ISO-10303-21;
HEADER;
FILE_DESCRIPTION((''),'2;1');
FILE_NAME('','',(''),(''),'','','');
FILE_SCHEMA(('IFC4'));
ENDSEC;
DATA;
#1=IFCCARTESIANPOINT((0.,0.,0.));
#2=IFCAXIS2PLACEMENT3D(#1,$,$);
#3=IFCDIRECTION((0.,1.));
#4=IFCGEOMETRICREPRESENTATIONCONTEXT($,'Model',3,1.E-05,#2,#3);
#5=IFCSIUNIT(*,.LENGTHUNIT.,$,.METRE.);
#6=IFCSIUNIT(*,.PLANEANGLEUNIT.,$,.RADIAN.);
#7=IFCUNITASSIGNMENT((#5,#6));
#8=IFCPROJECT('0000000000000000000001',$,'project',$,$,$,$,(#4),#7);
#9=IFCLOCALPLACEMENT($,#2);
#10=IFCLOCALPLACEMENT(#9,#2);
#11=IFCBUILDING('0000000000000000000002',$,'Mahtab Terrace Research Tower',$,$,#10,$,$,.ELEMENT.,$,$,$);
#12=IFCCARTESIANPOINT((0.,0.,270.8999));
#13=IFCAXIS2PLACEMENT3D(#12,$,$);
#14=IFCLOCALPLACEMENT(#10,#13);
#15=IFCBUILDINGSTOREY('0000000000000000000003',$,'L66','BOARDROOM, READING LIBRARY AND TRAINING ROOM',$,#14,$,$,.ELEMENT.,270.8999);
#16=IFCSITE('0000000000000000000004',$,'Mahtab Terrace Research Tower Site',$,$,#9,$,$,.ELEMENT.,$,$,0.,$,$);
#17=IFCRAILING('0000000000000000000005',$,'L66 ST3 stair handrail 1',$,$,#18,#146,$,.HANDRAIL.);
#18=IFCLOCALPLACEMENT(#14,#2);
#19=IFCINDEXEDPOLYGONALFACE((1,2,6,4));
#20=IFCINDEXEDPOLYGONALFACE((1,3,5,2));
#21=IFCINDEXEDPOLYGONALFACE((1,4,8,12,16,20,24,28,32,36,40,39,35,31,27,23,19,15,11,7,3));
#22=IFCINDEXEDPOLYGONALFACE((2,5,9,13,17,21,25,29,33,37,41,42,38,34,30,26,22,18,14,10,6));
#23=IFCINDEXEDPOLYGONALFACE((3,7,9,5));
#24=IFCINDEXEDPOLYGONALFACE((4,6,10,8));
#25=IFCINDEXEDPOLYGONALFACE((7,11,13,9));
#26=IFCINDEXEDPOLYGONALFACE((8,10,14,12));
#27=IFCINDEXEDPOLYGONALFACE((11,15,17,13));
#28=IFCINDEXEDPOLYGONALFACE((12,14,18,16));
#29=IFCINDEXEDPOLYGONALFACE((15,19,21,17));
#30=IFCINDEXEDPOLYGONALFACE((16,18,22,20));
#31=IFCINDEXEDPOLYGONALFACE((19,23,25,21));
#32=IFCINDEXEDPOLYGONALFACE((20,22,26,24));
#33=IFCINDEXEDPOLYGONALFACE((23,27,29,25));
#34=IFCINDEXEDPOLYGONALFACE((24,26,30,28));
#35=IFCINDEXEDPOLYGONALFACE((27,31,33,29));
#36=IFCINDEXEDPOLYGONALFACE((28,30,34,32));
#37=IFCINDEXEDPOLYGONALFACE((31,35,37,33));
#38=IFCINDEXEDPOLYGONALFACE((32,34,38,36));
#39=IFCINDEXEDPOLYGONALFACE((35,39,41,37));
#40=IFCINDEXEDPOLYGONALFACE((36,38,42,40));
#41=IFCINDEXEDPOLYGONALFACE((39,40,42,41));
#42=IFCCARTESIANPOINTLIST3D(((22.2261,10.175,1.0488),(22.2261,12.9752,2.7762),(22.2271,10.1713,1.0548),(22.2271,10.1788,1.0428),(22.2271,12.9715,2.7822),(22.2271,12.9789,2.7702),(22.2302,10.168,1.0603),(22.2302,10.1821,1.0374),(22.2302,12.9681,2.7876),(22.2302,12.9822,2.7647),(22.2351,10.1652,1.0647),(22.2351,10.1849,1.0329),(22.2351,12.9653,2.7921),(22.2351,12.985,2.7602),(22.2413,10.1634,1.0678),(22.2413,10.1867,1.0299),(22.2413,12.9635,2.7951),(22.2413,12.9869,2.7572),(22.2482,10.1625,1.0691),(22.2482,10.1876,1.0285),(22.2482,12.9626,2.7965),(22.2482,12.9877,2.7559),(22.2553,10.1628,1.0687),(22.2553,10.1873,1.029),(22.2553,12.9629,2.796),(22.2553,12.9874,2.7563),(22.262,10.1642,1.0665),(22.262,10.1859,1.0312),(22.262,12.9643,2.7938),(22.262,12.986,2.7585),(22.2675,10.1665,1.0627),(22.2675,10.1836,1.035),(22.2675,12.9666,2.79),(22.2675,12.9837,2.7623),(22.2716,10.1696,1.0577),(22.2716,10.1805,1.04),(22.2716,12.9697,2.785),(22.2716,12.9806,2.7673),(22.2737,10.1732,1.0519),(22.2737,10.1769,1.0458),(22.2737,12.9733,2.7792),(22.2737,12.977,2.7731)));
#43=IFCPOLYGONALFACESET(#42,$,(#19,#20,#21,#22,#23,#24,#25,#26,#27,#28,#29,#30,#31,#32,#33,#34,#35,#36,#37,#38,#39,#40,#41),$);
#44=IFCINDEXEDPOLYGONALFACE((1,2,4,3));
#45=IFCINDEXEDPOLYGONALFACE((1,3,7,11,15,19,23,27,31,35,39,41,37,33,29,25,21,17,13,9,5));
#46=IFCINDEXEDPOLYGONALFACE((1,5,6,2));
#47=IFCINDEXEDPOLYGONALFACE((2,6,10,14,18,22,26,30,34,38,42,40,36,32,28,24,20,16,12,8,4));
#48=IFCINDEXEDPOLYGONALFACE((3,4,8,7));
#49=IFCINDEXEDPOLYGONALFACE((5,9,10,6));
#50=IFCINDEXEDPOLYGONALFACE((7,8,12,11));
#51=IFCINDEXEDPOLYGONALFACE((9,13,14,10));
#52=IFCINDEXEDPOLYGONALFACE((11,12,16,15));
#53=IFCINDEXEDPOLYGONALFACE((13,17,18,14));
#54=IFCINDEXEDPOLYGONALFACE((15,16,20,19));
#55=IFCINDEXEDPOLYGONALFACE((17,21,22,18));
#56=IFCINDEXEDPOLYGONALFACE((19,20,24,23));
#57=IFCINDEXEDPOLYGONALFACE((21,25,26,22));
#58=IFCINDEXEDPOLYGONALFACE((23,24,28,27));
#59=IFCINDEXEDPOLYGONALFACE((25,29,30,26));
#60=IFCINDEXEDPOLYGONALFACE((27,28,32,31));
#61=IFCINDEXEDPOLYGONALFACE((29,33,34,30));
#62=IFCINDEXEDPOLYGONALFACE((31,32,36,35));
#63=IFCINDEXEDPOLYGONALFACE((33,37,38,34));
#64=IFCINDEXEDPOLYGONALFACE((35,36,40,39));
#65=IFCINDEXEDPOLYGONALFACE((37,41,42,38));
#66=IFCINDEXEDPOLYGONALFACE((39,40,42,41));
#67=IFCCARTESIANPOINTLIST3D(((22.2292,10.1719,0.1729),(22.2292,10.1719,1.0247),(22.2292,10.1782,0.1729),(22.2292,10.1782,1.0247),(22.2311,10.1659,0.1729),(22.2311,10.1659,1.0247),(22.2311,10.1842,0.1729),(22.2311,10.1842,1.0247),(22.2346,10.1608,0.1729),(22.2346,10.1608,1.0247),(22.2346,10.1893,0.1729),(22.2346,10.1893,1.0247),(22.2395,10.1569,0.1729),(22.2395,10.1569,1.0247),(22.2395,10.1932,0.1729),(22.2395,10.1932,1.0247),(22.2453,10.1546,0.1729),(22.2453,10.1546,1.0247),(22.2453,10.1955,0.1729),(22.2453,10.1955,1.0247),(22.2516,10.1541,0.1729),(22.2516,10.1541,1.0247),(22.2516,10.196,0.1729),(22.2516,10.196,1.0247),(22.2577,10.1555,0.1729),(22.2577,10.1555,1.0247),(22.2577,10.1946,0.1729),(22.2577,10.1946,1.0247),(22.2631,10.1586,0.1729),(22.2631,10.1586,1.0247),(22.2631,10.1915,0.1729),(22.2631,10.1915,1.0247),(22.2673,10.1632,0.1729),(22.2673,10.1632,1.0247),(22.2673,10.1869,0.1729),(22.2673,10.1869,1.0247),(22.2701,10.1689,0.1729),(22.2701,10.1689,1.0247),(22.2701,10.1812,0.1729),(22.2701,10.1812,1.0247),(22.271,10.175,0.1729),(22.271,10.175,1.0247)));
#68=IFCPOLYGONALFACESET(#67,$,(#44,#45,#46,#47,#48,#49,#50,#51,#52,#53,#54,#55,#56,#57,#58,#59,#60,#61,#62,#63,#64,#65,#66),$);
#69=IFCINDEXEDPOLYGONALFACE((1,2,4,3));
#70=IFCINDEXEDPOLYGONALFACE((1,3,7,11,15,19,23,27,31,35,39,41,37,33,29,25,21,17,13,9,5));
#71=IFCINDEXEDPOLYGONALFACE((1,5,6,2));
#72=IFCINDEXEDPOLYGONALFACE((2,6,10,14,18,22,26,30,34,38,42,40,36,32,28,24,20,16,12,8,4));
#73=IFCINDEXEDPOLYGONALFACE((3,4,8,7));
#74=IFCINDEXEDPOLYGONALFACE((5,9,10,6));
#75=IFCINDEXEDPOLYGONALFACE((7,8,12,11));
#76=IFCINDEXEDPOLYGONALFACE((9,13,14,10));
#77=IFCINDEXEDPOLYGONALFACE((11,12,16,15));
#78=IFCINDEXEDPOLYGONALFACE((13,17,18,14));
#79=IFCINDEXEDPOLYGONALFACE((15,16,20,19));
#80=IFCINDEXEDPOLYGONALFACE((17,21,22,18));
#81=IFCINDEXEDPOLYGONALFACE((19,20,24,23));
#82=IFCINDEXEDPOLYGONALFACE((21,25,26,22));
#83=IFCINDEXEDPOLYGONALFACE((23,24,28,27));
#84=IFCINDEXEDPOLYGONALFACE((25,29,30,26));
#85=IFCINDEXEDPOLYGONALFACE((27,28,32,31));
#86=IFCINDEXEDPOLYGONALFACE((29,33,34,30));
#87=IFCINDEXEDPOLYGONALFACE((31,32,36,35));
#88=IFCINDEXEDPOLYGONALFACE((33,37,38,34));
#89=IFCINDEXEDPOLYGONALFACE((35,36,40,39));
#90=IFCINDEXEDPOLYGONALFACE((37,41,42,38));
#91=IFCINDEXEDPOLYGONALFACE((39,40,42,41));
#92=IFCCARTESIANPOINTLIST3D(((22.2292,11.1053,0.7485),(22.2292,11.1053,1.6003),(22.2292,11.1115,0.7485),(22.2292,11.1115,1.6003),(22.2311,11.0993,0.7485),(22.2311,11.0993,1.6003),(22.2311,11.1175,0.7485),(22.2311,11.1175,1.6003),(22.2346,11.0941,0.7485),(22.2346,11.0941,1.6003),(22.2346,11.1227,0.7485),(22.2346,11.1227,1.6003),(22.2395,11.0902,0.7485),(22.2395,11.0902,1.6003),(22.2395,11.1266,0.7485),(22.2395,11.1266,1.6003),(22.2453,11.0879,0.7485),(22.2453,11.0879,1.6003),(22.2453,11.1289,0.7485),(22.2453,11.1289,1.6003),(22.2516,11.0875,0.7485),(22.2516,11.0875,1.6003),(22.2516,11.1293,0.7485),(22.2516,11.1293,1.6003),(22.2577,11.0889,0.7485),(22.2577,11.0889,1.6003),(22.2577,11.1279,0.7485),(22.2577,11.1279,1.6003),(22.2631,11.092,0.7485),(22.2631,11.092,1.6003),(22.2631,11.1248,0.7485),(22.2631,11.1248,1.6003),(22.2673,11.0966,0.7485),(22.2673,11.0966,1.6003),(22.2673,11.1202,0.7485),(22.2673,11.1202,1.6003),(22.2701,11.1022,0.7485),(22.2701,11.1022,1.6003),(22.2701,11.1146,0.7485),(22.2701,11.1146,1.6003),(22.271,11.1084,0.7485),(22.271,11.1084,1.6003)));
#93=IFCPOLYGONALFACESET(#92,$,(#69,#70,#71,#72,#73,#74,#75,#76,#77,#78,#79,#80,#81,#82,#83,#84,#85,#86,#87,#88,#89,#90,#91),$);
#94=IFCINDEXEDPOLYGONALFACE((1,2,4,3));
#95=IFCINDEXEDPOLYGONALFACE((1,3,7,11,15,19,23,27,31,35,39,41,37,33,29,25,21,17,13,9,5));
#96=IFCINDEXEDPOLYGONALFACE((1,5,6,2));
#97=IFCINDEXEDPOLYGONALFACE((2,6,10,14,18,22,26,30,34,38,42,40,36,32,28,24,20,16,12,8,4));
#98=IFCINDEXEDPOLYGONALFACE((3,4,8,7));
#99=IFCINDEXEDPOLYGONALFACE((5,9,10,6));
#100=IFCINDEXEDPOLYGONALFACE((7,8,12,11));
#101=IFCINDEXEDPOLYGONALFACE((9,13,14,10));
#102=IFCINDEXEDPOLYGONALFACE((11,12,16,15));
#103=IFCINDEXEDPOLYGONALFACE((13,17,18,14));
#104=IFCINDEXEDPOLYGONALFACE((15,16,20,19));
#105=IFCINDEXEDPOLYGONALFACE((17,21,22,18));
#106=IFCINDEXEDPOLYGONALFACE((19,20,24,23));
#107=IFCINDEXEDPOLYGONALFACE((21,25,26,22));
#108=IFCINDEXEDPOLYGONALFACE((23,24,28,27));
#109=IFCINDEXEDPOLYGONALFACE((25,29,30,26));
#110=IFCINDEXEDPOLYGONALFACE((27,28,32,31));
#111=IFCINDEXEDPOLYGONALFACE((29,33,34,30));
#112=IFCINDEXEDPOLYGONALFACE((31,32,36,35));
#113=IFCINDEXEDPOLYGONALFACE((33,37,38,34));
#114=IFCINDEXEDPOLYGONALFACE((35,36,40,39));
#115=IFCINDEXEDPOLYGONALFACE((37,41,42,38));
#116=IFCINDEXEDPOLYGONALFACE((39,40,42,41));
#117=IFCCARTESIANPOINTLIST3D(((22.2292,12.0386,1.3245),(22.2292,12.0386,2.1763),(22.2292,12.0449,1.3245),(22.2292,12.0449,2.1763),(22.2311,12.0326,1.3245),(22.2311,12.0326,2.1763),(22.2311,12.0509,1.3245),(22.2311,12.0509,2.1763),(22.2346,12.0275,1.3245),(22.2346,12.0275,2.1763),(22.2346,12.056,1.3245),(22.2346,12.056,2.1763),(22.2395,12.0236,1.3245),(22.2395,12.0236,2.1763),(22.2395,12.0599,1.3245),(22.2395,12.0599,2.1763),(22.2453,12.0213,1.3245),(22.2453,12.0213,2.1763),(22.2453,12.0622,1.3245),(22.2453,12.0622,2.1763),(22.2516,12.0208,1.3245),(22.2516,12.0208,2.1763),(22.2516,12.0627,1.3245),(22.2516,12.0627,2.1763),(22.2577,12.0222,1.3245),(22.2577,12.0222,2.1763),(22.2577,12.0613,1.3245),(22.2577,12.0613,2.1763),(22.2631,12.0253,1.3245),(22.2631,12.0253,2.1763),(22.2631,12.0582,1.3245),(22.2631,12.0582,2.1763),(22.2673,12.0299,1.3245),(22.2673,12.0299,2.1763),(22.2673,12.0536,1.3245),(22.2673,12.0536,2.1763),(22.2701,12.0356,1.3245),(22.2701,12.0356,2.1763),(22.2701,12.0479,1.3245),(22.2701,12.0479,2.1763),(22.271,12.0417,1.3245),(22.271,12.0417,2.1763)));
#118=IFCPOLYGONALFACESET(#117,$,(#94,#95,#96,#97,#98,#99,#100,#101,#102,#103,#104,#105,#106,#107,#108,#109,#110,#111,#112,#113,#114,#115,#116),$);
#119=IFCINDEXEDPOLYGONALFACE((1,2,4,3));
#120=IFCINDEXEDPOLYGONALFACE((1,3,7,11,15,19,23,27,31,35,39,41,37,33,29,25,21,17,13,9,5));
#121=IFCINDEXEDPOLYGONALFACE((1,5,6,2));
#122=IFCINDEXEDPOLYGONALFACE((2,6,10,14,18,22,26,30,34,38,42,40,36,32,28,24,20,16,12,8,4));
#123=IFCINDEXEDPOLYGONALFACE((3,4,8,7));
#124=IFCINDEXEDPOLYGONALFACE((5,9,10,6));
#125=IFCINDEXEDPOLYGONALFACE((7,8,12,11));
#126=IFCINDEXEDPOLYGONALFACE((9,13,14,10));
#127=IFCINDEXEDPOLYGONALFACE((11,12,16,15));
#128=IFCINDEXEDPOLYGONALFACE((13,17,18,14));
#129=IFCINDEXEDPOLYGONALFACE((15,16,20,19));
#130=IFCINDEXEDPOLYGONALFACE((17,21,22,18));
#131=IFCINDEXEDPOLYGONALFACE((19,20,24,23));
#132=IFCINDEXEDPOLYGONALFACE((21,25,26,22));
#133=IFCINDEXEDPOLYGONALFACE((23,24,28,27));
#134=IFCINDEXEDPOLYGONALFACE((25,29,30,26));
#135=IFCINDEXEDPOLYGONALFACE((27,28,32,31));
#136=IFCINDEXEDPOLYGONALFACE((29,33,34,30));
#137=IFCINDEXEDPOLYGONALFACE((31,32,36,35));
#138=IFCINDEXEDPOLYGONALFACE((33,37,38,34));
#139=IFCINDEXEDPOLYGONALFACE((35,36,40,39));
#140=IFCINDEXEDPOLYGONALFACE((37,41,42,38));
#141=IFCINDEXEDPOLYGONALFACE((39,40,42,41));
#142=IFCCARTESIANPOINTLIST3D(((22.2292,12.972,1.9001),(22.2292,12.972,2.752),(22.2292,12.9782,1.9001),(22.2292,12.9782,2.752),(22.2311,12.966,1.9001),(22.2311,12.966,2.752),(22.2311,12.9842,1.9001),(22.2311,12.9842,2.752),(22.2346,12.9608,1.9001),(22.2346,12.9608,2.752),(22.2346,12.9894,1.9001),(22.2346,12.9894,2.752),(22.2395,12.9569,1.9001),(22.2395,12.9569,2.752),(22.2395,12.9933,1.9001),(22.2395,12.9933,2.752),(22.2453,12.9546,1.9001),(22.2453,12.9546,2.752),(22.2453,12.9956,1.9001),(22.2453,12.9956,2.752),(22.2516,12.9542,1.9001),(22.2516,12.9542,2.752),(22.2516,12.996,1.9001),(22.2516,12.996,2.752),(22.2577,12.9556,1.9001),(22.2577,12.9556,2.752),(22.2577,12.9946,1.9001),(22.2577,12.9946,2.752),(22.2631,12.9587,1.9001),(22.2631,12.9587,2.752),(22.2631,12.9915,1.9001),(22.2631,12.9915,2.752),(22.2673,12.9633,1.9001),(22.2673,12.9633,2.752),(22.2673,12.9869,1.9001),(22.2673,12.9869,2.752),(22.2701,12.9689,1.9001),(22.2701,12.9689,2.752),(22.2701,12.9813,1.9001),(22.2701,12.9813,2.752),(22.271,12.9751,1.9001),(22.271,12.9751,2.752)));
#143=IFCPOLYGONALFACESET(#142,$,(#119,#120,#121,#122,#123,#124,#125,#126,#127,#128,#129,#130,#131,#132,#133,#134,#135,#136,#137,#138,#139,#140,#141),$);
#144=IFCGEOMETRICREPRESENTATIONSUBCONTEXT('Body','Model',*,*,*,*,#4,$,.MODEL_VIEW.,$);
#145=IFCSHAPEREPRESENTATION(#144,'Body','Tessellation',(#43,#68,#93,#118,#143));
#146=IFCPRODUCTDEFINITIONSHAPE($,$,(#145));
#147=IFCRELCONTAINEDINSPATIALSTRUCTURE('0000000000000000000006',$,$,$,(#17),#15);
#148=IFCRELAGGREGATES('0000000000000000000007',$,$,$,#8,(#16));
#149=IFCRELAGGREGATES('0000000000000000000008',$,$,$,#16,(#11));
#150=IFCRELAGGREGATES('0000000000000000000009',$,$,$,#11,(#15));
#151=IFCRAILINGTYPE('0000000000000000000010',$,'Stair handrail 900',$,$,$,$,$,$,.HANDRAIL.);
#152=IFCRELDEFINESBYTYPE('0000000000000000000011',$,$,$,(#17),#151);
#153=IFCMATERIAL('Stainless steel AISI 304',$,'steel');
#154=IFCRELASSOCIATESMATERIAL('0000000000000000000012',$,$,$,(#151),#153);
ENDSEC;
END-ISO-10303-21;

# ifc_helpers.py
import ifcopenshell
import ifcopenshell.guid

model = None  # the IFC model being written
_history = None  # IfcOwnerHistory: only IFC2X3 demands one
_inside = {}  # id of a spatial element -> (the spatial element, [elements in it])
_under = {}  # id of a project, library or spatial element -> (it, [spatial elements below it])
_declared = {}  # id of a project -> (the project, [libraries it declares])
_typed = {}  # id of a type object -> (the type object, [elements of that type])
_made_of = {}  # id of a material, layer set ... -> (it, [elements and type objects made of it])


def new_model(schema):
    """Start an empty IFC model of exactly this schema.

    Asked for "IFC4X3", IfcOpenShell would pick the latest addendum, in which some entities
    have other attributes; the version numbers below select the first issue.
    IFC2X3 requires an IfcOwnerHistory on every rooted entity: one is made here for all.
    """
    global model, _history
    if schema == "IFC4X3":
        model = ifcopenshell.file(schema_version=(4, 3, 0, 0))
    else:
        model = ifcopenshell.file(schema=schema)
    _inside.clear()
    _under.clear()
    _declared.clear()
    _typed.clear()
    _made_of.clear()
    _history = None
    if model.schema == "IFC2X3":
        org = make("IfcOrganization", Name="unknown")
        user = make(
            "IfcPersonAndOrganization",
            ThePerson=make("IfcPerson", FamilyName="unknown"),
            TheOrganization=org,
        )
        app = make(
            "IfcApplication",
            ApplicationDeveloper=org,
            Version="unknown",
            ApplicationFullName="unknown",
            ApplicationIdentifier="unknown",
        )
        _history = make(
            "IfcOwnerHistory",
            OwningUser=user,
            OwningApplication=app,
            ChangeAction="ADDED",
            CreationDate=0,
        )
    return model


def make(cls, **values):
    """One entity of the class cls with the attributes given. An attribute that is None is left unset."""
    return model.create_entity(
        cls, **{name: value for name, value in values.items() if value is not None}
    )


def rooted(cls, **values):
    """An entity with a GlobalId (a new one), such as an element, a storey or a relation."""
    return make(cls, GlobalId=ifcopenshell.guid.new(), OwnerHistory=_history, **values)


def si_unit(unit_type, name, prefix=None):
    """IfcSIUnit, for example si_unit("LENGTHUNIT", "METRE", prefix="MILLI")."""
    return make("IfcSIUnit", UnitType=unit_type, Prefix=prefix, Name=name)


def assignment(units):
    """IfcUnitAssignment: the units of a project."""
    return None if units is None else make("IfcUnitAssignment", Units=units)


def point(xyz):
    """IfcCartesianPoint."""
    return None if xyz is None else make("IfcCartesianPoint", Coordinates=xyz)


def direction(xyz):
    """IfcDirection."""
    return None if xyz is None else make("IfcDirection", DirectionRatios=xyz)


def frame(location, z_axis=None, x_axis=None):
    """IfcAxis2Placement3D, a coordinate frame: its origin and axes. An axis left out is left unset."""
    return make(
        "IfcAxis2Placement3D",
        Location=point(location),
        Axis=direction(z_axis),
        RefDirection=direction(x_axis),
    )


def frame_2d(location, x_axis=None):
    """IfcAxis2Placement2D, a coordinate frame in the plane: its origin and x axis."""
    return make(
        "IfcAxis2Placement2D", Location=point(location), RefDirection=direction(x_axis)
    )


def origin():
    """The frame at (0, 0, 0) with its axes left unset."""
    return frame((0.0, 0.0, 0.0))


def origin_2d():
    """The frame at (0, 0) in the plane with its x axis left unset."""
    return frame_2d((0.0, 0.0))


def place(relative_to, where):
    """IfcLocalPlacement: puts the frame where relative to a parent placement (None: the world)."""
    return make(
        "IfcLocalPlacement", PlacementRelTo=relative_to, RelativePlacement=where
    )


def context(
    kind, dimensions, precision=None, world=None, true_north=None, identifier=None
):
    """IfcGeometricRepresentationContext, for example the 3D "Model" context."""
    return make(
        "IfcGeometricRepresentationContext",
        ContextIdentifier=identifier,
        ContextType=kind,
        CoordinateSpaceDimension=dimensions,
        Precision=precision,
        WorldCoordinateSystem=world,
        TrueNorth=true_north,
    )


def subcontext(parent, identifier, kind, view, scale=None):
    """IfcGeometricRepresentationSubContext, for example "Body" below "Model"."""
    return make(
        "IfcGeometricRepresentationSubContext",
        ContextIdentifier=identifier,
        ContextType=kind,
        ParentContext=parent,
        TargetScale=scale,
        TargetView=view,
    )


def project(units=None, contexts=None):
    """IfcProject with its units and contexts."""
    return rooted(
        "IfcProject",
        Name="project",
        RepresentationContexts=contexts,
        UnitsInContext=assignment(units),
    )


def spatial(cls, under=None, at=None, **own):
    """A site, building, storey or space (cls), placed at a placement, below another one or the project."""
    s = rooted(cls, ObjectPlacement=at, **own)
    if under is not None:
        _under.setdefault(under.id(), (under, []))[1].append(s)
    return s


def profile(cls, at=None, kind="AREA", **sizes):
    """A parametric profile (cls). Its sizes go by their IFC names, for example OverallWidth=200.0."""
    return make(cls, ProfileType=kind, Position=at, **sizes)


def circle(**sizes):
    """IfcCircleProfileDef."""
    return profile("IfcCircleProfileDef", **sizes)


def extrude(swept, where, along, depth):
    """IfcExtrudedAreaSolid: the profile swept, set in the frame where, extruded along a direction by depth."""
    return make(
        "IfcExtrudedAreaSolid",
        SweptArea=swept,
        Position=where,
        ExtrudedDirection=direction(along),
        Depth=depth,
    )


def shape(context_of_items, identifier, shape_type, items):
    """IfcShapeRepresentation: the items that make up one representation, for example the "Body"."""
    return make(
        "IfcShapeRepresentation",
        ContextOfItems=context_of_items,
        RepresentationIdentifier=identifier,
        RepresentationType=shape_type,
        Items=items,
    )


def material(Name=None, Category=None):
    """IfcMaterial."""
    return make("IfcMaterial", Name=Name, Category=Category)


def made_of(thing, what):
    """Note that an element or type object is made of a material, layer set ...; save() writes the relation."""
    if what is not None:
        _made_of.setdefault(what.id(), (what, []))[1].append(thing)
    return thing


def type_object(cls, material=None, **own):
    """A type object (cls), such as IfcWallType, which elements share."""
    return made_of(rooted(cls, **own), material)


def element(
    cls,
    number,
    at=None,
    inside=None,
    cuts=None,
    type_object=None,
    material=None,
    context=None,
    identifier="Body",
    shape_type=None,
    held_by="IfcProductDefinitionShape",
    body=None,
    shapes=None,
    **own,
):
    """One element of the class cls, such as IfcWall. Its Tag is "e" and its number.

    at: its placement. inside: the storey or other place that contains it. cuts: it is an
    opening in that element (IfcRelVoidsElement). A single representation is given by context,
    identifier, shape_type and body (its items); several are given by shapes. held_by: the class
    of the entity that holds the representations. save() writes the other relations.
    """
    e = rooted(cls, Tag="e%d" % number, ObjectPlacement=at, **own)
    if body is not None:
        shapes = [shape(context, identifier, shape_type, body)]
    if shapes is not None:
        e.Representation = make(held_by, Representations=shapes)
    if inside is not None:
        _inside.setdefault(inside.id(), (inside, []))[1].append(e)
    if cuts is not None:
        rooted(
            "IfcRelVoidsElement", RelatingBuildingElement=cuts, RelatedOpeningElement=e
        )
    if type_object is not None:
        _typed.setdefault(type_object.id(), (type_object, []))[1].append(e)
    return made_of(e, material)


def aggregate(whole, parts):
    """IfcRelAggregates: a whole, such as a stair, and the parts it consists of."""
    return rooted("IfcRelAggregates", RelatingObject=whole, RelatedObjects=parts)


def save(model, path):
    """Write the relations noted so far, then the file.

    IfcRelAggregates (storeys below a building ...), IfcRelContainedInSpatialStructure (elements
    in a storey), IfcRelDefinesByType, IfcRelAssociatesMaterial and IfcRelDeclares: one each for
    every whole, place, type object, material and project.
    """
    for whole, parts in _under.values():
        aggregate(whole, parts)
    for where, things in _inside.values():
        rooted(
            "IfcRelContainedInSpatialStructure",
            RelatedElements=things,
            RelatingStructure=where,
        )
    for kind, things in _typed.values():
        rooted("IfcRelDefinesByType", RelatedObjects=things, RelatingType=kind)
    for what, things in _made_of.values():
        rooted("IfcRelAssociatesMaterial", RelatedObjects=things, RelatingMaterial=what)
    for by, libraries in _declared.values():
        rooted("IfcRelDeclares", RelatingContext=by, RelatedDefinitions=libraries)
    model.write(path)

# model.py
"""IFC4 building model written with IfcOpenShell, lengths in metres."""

from ifc_helpers import new_model, si_unit, direction, frame, origin, origin_2d, place, context, subcontext, project, spatial, circle, extrude, material, type_object, element, save


model = new_model("IFC4")

# Units and contexts
model_context = context("Model", 3, precision=1e-05, world=origin(), true_north=direction((0.0, 1.0)))
body_context = subcontext(model_context, "Body", "Model", "MODEL_VIEW")
ifc_project = project(units=[si_unit("LENGTHUNIT", "METRE"), si_unit("PLANEANGLEUNIT", "RADIAN")], contexts=[model_context])

# Site, building, storey
site_placement = place(None, origin())
site = spatial("IfcSite", under=ifc_project, at=site_placement, Name="Mahtab Terrace Research Tower Site", CompositionType="ELEMENT", RefElevation=0.0)
building_placement = place(site_placement, origin())
building = spatial("IfcBuilding", under=site, at=building_placement, Name="Mahtab Terrace Research Tower", CompositionType="ELEMENT")
storey_placement = place(building_placement, frame((0.0, 0.0, 270.8999)))
storey = spatial("IfcBuildingStorey", under=building, at=storey_placement, Name="L66", Description="BOARDROOM, READING LIBRARY AND TRAINING ROOM", CompositionType="ELEMENT", Elevation=270.8999)

# Shared definitions
ifc_material_1 = material(Name="Stainless steel AISI 304", Category="steel")

# Railing
railing_type_1 = type_object("IfcRailingType", Name="Stair handrail 900", PredefinedType="HANDRAIL", material=ifc_material_1)
railing_1_placement = place(storey_placement, frame((22.25, 10.175, 0.1729)))
element("IfcRailing", 1, at=railing_1_placement, inside=storey, type_object=railing_type_1, Name="L66 ST3 stair handrail 1", PredefinedType="HANDRAIL", context=body_context, shape_type="SweptSolid", body=[
    extrude(circle(Radius=0.0239, at=origin_2d()), frame((0.0, 0.0, 0.876), z_axis=(0.0, 0.85109, 0.52502), x_axis=(-1.0, 0.0, 0.0)), (0.0, 0.0, 1.0), 3.29),
    extrude(circle(Radius=0.021, at=origin_2d()), origin(), (0.0, 0.0, 1.0), 0.8518),
    extrude(circle(Radius=0.021, at=origin_2d()), frame((0.0, 0.9333, 0.5757)), (0.0, 0.0, 1.0), 0.8518),
    extrude(circle(Radius=0.021, at=origin_2d()), frame((0.0, 1.8667, 1.1516)), (0.0, 0.0, 1.0), 0.8518),
    extrude(circle(Radius=0.021, at=origin_2d()), frame((0.0, 2.8, 1.7273)), (0.0, 0.0, 1.0), 0.8518),
])

save(model, "model.ifc")
